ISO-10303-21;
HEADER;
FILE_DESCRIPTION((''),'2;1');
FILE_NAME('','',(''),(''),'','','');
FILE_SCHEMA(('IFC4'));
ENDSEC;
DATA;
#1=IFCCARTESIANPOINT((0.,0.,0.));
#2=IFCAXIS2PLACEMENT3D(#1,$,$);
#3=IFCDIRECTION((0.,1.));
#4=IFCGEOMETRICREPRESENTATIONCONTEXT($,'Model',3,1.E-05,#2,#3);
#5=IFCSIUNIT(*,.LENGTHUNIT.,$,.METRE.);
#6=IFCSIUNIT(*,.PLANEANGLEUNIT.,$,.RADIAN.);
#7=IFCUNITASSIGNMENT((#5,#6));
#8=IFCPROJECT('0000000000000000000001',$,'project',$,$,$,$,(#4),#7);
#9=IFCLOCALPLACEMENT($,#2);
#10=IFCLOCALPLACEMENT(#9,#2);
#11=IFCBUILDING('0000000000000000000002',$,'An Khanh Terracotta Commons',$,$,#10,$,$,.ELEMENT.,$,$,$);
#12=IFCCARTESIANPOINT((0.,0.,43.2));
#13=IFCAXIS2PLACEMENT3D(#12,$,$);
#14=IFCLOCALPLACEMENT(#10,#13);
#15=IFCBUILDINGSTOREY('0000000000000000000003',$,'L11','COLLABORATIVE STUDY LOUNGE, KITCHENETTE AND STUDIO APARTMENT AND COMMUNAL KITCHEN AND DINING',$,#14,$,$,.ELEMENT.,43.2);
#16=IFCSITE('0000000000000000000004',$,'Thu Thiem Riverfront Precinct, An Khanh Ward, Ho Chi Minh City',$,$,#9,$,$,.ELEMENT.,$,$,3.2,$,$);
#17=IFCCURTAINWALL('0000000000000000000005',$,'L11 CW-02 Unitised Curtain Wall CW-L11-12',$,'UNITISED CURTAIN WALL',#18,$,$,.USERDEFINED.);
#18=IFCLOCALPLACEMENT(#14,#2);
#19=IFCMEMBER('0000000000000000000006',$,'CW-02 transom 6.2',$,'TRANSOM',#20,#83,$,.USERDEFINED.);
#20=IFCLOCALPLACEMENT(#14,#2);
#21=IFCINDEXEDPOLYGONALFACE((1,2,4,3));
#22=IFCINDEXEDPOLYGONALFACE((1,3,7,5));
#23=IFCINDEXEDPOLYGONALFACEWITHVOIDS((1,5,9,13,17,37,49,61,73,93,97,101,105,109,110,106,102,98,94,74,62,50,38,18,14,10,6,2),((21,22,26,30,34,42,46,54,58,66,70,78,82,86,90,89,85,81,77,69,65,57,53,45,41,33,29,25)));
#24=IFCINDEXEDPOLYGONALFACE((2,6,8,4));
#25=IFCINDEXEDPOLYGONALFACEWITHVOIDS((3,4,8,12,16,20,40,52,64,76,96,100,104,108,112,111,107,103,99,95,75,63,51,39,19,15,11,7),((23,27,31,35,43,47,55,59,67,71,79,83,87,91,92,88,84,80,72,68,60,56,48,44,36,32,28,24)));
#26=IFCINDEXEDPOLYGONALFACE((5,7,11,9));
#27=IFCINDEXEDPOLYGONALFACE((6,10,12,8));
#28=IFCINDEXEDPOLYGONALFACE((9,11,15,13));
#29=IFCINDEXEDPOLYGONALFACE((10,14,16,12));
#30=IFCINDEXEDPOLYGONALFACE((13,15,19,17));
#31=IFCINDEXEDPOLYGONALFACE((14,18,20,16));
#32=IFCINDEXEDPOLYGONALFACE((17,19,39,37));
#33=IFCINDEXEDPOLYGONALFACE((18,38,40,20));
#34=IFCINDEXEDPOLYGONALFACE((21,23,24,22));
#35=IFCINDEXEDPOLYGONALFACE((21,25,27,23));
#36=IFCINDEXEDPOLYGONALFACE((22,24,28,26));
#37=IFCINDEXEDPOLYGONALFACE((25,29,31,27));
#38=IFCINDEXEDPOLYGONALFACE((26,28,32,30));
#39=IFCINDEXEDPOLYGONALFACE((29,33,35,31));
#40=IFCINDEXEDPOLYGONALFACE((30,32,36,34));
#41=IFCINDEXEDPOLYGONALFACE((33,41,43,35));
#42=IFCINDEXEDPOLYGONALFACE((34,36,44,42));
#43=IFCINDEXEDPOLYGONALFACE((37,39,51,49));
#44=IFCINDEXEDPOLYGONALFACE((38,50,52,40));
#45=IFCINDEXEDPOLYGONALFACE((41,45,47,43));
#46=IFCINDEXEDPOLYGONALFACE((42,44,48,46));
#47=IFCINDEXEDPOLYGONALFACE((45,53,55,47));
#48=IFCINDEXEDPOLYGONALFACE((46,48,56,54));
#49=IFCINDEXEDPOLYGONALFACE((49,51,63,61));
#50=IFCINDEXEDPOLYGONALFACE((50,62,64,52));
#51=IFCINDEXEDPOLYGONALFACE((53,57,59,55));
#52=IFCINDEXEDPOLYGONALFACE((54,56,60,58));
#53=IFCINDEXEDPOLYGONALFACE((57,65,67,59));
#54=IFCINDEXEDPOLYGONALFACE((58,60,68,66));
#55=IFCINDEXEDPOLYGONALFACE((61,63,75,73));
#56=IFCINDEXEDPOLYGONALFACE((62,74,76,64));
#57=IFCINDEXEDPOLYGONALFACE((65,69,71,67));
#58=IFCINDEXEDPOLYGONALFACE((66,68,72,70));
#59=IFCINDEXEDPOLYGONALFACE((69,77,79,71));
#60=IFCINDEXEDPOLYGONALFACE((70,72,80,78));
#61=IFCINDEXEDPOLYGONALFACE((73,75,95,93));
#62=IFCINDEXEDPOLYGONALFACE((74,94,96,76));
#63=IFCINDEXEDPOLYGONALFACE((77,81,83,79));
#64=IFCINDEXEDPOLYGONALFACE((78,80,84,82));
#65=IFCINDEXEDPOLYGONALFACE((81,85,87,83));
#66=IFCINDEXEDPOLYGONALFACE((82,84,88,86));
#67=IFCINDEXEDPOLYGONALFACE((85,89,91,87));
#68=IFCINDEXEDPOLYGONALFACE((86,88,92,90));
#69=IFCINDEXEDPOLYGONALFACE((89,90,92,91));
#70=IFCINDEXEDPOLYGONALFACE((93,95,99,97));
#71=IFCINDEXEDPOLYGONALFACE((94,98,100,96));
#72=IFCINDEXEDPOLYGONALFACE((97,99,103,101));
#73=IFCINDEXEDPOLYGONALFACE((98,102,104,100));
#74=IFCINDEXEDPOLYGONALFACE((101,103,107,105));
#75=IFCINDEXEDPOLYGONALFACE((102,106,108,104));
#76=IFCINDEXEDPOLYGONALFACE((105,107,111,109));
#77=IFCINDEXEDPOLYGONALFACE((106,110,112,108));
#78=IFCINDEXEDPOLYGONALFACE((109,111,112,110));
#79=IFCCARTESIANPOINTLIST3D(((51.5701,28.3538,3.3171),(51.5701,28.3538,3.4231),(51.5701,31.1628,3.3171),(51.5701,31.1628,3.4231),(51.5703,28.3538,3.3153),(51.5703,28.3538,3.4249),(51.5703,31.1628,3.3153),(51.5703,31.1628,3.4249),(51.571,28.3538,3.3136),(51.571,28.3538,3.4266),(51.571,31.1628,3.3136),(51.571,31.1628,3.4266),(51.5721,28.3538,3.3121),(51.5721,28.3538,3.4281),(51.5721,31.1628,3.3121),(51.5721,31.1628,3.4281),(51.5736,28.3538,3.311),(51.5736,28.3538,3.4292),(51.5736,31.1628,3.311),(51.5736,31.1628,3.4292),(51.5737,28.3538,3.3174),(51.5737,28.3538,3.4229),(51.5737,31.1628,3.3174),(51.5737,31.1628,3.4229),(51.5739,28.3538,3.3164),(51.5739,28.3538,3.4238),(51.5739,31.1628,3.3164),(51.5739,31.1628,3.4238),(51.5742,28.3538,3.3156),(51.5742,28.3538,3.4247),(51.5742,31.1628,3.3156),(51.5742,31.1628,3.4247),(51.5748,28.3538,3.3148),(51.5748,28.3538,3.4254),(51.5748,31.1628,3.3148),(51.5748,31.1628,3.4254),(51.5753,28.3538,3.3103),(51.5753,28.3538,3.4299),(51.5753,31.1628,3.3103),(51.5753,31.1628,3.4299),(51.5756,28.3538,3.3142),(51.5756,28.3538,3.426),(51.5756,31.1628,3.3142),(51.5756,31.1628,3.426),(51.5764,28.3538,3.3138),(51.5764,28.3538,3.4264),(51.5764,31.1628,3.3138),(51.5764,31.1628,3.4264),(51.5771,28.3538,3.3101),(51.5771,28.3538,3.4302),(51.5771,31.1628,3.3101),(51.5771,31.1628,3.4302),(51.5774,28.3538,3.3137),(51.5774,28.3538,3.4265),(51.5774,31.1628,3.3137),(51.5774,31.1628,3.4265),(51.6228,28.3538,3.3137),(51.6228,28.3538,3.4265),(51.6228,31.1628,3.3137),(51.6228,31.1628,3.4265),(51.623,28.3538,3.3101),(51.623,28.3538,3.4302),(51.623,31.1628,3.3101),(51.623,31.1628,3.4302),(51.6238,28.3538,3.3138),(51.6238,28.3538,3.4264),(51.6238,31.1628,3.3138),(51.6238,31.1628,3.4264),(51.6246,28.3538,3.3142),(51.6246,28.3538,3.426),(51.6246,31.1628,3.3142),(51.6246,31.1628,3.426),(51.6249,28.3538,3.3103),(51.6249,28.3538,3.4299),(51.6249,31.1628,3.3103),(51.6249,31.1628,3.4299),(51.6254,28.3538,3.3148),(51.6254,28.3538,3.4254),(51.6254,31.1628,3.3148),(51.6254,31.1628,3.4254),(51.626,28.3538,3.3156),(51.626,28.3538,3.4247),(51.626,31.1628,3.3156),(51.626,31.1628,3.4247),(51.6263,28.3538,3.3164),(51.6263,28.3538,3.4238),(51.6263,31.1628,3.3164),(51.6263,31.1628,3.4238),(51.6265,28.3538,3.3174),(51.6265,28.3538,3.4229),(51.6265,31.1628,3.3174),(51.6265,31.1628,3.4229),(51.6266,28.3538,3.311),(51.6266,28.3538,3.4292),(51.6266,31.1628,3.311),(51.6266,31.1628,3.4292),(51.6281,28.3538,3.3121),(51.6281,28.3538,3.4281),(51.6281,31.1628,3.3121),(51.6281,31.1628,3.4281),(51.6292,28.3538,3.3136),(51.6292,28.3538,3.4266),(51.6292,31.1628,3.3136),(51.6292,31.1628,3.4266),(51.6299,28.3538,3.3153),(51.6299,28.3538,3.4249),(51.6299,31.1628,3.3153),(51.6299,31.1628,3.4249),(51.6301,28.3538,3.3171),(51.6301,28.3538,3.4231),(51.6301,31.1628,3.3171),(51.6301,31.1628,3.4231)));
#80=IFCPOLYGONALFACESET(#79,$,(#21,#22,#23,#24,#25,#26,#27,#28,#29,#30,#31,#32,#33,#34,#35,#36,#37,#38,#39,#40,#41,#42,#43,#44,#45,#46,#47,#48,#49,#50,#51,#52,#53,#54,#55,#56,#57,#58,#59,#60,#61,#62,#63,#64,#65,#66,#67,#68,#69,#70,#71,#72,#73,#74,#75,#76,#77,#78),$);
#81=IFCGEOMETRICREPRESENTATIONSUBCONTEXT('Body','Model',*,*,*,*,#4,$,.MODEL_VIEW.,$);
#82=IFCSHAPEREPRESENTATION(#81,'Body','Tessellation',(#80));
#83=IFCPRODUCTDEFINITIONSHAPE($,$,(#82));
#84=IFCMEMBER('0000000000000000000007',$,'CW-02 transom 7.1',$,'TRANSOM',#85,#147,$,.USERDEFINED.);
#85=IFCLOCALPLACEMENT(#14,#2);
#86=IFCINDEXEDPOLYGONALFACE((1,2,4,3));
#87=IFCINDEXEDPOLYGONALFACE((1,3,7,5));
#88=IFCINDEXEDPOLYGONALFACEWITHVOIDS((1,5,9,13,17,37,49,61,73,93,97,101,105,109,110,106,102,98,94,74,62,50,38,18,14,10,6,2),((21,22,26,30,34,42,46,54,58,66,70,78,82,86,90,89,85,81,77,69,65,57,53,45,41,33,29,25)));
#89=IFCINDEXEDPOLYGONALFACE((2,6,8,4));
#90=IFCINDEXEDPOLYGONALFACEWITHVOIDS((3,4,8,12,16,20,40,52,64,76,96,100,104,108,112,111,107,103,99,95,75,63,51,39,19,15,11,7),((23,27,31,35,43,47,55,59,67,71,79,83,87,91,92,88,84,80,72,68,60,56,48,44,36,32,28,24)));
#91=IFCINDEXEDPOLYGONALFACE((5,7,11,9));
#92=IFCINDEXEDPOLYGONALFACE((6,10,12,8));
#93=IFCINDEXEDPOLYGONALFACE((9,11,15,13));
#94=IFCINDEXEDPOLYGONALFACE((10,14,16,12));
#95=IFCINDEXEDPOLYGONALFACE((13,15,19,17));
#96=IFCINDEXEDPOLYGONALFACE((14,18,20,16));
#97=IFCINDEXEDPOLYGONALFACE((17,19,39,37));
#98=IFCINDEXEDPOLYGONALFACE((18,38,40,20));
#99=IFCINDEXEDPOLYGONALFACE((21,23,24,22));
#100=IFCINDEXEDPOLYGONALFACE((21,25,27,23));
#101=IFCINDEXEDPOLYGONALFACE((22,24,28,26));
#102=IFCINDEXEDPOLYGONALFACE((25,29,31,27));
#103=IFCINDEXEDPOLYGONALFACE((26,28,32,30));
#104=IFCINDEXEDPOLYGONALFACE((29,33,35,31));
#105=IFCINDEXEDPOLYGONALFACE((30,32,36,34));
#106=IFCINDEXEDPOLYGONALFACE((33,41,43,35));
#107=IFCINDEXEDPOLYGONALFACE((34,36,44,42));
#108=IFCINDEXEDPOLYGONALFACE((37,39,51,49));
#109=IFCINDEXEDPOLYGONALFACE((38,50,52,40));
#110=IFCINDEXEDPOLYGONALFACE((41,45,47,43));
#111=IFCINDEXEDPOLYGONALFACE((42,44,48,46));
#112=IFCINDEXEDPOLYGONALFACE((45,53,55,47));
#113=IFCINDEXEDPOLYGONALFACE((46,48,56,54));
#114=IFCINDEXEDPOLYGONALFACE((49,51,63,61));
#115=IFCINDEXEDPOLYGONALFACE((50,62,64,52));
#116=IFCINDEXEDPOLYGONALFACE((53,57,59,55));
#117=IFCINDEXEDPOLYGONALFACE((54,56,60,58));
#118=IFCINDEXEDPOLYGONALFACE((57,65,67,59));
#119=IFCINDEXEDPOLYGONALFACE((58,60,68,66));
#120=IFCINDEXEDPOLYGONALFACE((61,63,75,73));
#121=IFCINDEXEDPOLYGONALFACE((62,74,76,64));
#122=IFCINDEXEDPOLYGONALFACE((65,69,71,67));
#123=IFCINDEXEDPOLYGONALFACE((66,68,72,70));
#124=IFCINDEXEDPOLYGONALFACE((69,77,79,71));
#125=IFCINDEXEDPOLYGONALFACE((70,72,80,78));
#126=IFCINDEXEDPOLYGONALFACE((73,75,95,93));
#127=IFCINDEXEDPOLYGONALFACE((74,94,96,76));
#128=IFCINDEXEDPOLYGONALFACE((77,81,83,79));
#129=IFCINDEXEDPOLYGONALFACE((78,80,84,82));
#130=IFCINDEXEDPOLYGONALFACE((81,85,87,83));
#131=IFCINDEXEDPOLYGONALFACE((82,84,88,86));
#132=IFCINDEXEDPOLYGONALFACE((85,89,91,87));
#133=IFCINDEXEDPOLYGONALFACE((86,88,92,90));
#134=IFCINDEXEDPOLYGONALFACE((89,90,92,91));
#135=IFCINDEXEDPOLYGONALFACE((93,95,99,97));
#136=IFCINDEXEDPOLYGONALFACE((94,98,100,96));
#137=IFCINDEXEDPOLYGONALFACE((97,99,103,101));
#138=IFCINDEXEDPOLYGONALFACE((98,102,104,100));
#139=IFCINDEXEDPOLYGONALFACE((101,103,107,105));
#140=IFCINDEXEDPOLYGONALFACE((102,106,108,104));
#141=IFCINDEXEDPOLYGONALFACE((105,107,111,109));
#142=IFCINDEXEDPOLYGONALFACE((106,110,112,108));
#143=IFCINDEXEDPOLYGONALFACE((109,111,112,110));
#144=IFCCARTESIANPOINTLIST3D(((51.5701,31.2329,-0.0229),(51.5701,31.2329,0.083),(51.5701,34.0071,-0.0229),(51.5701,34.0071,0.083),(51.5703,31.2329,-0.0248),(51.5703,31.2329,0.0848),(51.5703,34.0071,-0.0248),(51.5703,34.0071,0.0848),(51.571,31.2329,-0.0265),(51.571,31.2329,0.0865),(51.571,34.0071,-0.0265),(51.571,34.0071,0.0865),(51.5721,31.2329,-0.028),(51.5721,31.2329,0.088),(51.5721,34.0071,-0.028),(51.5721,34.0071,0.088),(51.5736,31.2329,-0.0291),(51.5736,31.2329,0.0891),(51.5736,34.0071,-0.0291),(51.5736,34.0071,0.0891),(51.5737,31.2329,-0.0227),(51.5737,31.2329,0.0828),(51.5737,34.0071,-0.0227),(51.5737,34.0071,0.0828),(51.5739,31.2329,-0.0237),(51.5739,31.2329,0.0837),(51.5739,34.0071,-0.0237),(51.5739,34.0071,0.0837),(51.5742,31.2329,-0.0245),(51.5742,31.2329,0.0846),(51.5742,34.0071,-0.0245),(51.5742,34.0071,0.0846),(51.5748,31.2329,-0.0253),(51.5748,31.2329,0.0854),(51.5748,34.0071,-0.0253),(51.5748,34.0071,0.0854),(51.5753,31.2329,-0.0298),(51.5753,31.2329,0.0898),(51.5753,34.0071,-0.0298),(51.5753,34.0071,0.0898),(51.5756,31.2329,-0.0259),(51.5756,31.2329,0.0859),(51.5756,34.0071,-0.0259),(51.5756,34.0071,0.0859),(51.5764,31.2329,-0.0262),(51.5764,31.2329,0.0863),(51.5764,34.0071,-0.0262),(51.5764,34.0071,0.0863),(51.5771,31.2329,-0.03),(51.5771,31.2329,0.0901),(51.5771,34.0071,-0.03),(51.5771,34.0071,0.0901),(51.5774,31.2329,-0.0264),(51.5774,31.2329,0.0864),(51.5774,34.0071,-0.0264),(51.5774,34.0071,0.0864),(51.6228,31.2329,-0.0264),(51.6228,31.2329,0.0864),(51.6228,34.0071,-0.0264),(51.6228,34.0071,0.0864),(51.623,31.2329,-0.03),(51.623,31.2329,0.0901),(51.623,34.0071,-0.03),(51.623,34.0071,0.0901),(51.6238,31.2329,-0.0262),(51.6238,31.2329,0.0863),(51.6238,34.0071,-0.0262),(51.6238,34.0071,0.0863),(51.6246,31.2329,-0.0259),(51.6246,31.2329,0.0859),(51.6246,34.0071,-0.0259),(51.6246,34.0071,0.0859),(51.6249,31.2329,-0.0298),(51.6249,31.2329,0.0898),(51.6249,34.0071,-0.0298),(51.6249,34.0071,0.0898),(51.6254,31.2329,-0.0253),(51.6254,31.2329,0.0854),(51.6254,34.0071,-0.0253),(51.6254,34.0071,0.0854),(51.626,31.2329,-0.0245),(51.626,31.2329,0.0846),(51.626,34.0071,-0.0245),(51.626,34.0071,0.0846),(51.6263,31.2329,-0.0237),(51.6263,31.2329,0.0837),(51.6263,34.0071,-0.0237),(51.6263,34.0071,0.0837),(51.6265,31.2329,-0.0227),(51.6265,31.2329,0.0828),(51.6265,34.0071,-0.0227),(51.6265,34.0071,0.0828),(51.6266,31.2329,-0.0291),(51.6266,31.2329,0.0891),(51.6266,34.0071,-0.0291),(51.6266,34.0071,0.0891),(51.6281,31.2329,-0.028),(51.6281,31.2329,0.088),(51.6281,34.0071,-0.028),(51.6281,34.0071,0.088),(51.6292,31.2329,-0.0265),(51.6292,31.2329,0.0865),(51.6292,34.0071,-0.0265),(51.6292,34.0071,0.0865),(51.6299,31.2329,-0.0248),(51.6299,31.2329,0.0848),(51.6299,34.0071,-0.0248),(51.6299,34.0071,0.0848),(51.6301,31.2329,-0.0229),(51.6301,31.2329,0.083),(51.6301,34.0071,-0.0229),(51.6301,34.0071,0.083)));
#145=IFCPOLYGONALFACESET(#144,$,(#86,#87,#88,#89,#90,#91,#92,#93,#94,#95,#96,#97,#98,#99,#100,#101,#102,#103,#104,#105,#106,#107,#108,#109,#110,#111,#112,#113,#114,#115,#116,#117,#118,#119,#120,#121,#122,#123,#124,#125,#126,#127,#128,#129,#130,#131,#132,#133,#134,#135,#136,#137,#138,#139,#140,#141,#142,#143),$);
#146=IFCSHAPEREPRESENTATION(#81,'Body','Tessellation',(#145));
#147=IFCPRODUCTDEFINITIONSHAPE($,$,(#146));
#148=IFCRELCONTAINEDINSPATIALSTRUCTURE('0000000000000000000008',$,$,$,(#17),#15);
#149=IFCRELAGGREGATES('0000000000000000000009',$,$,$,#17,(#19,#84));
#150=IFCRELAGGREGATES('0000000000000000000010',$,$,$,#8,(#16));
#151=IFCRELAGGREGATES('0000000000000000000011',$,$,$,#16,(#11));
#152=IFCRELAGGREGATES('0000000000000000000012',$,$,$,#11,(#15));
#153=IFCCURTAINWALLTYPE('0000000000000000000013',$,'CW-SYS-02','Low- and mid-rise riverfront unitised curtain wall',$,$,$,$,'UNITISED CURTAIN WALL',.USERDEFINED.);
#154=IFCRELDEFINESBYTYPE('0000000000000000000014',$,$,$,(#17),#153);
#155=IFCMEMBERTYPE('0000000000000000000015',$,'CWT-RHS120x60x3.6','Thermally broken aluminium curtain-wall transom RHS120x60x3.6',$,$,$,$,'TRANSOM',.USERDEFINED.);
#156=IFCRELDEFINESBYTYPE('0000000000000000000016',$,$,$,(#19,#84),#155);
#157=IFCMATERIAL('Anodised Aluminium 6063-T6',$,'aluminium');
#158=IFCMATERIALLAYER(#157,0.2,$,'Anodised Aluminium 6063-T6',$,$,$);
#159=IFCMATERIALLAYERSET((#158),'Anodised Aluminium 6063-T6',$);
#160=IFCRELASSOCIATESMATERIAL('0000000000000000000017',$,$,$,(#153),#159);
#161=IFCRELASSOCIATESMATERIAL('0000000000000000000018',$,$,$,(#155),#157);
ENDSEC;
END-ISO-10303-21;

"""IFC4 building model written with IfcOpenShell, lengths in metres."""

from ifc_helpers import new_model, si_unit, direction, frame, origin, origin_2d, place, context, subcontext, project, spatial, hollow_rectangle, extrude, material, layer, layer_set, material_profile, profile_set, type_object, element, aggregate, save


model = new_model("IFC4")

# Units and contexts
model_context = context("Model", 3, precision=1e-05, world=origin(), true_north=direction((0.0, 1.0)))
body_context = subcontext(model_context, "Body", "Model", "MODEL_VIEW")
ifc_project = project(units=[si_unit("LENGTHUNIT", "METRE"), si_unit("PLANEANGLEUNIT", "RADIAN")], contexts=[model_context])

# Site, building, storey
site_placement = place(None, origin())
site = spatial("IfcSite", under=ifc_project, at=site_placement, Name="Thu Thiem Riverfront Precinct, An Khanh Ward, Ho Chi Minh City", CompositionType="ELEMENT", RefElevation=3.2)
building_placement = place(site_placement, origin())
building = spatial("IfcBuilding", under=site, at=building_placement, Name="An Khanh Terracotta Commons", CompositionType="ELEMENT")
storey_placement = place(building_placement, frame((0.0, 0.0, 43.2)))
storey = spatial("IfcBuildingStorey", under=building, at=storey_placement, Name="L11", Description="COLLABORATIVE STUDY LOUNGE, KITCHENETTE AND STUDIO APARTMENT AND COMMUNAL KITCHEN AND DINING", CompositionType="ELEMENT", Elevation=43.2)

# Curtain wall, members
ifc_material_1 = material(Name="Anodised Aluminium 6063-T6", Category="aluminium")
ifc_layer_1 = layer(ifc_material_1, 0.2, Name="Anodised Aluminium 6063-T6")
ifc_layer_set_1 = layer_set([ifc_layer_1], Name="Anodised Aluminium 6063-T6")
curtain_wall_type = type_object("IfcCurtainWallType", Name="CW-SYS-02", Description="Low- and mid-rise riverfront unitised curtain wall", ElementType="UNITISED CURTAIN WALL", PredefinedType="USERDEFINED", material=ifc_layer_set_1)
curtain_wall_placement = place(storey_placement, origin())
curtain_wall = element("IfcCurtainWall", 1, at=curtain_wall_placement, inside=storey, type_object=curtain_wall_type, Name="L11 CW-02 Unitised Curtain Wall CW-L11-12", ObjectType="UNITISED CURTAIN WALL", PredefinedType="USERDEFINED")
ifc_material_profile_1 = material_profile(ifc_material_1, hollow_rectangle(XDim=0.0601, YDim=0.1201, WallThickness=0.0037, InnerFilletRadius=0.0037, OuterFilletRadius=0.0071, at=origin_2d()), Name="RHS120x60x3.6")
ifc_profile_set_1 = profile_set([ifc_material_profile_1], Name="Anodised Aluminium 6063-T6")
member_type_1 = type_object("IfcMemberType", Name="CWT-RHS120x60x3.6", Description="Thermally broken aluminium curtain-wall transom RHS120x60x3.6", ElementType="TRANSOM", PredefinedType="USERDEFINED", material=ifc_profile_set_1)
member_1_placement = place(storey_placement, frame((51.6001, 28.3538, 3.3701), z_axis=(0.0, 1.0, 0.0), x_axis=(-1.0, 0.0, 0.0)))
member_1 = element("IfcMember", 2, at=member_1_placement, type_object=member_type_1, Name="CW-02 transom 6.2", ObjectType="TRANSOM", PredefinedType="USERDEFINED", context=body_context, shape_type="SweptSolid", body=[
    extrude(hollow_rectangle(XDim=0.0601, YDim=0.1201, WallThickness=0.0037, InnerFilletRadius=0.0037, OuterFilletRadius=0.0071, at=origin_2d()), origin(), (0.0, 0.0, 1.0), 2.8091),
])
member_2_placement = place(storey_placement, frame((51.6001, 31.2329, 0.03), z_axis=(0.0, 1.0, 0.0), x_axis=(-1.0, 0.0, 0.0)))
member_2 = element("IfcMember", 3, at=member_2_placement, type_object=member_type_1, Name="CW-02 transom 7.1", ObjectType="TRANSOM", PredefinedType="USERDEFINED", context=body_context, shape_type="SweptSolid", body=[
    extrude(hollow_rectangle(XDim=0.0601, YDim=0.1201, WallThickness=0.0037, InnerFilletRadius=0.0037, OuterFilletRadius=0.0071, at=origin_2d()), origin(), (0.0, 0.0, 1.0), 2.7742),
])
aggregate(curtain_wall, [member_1, member_2])

save(model, "model.ifc")
